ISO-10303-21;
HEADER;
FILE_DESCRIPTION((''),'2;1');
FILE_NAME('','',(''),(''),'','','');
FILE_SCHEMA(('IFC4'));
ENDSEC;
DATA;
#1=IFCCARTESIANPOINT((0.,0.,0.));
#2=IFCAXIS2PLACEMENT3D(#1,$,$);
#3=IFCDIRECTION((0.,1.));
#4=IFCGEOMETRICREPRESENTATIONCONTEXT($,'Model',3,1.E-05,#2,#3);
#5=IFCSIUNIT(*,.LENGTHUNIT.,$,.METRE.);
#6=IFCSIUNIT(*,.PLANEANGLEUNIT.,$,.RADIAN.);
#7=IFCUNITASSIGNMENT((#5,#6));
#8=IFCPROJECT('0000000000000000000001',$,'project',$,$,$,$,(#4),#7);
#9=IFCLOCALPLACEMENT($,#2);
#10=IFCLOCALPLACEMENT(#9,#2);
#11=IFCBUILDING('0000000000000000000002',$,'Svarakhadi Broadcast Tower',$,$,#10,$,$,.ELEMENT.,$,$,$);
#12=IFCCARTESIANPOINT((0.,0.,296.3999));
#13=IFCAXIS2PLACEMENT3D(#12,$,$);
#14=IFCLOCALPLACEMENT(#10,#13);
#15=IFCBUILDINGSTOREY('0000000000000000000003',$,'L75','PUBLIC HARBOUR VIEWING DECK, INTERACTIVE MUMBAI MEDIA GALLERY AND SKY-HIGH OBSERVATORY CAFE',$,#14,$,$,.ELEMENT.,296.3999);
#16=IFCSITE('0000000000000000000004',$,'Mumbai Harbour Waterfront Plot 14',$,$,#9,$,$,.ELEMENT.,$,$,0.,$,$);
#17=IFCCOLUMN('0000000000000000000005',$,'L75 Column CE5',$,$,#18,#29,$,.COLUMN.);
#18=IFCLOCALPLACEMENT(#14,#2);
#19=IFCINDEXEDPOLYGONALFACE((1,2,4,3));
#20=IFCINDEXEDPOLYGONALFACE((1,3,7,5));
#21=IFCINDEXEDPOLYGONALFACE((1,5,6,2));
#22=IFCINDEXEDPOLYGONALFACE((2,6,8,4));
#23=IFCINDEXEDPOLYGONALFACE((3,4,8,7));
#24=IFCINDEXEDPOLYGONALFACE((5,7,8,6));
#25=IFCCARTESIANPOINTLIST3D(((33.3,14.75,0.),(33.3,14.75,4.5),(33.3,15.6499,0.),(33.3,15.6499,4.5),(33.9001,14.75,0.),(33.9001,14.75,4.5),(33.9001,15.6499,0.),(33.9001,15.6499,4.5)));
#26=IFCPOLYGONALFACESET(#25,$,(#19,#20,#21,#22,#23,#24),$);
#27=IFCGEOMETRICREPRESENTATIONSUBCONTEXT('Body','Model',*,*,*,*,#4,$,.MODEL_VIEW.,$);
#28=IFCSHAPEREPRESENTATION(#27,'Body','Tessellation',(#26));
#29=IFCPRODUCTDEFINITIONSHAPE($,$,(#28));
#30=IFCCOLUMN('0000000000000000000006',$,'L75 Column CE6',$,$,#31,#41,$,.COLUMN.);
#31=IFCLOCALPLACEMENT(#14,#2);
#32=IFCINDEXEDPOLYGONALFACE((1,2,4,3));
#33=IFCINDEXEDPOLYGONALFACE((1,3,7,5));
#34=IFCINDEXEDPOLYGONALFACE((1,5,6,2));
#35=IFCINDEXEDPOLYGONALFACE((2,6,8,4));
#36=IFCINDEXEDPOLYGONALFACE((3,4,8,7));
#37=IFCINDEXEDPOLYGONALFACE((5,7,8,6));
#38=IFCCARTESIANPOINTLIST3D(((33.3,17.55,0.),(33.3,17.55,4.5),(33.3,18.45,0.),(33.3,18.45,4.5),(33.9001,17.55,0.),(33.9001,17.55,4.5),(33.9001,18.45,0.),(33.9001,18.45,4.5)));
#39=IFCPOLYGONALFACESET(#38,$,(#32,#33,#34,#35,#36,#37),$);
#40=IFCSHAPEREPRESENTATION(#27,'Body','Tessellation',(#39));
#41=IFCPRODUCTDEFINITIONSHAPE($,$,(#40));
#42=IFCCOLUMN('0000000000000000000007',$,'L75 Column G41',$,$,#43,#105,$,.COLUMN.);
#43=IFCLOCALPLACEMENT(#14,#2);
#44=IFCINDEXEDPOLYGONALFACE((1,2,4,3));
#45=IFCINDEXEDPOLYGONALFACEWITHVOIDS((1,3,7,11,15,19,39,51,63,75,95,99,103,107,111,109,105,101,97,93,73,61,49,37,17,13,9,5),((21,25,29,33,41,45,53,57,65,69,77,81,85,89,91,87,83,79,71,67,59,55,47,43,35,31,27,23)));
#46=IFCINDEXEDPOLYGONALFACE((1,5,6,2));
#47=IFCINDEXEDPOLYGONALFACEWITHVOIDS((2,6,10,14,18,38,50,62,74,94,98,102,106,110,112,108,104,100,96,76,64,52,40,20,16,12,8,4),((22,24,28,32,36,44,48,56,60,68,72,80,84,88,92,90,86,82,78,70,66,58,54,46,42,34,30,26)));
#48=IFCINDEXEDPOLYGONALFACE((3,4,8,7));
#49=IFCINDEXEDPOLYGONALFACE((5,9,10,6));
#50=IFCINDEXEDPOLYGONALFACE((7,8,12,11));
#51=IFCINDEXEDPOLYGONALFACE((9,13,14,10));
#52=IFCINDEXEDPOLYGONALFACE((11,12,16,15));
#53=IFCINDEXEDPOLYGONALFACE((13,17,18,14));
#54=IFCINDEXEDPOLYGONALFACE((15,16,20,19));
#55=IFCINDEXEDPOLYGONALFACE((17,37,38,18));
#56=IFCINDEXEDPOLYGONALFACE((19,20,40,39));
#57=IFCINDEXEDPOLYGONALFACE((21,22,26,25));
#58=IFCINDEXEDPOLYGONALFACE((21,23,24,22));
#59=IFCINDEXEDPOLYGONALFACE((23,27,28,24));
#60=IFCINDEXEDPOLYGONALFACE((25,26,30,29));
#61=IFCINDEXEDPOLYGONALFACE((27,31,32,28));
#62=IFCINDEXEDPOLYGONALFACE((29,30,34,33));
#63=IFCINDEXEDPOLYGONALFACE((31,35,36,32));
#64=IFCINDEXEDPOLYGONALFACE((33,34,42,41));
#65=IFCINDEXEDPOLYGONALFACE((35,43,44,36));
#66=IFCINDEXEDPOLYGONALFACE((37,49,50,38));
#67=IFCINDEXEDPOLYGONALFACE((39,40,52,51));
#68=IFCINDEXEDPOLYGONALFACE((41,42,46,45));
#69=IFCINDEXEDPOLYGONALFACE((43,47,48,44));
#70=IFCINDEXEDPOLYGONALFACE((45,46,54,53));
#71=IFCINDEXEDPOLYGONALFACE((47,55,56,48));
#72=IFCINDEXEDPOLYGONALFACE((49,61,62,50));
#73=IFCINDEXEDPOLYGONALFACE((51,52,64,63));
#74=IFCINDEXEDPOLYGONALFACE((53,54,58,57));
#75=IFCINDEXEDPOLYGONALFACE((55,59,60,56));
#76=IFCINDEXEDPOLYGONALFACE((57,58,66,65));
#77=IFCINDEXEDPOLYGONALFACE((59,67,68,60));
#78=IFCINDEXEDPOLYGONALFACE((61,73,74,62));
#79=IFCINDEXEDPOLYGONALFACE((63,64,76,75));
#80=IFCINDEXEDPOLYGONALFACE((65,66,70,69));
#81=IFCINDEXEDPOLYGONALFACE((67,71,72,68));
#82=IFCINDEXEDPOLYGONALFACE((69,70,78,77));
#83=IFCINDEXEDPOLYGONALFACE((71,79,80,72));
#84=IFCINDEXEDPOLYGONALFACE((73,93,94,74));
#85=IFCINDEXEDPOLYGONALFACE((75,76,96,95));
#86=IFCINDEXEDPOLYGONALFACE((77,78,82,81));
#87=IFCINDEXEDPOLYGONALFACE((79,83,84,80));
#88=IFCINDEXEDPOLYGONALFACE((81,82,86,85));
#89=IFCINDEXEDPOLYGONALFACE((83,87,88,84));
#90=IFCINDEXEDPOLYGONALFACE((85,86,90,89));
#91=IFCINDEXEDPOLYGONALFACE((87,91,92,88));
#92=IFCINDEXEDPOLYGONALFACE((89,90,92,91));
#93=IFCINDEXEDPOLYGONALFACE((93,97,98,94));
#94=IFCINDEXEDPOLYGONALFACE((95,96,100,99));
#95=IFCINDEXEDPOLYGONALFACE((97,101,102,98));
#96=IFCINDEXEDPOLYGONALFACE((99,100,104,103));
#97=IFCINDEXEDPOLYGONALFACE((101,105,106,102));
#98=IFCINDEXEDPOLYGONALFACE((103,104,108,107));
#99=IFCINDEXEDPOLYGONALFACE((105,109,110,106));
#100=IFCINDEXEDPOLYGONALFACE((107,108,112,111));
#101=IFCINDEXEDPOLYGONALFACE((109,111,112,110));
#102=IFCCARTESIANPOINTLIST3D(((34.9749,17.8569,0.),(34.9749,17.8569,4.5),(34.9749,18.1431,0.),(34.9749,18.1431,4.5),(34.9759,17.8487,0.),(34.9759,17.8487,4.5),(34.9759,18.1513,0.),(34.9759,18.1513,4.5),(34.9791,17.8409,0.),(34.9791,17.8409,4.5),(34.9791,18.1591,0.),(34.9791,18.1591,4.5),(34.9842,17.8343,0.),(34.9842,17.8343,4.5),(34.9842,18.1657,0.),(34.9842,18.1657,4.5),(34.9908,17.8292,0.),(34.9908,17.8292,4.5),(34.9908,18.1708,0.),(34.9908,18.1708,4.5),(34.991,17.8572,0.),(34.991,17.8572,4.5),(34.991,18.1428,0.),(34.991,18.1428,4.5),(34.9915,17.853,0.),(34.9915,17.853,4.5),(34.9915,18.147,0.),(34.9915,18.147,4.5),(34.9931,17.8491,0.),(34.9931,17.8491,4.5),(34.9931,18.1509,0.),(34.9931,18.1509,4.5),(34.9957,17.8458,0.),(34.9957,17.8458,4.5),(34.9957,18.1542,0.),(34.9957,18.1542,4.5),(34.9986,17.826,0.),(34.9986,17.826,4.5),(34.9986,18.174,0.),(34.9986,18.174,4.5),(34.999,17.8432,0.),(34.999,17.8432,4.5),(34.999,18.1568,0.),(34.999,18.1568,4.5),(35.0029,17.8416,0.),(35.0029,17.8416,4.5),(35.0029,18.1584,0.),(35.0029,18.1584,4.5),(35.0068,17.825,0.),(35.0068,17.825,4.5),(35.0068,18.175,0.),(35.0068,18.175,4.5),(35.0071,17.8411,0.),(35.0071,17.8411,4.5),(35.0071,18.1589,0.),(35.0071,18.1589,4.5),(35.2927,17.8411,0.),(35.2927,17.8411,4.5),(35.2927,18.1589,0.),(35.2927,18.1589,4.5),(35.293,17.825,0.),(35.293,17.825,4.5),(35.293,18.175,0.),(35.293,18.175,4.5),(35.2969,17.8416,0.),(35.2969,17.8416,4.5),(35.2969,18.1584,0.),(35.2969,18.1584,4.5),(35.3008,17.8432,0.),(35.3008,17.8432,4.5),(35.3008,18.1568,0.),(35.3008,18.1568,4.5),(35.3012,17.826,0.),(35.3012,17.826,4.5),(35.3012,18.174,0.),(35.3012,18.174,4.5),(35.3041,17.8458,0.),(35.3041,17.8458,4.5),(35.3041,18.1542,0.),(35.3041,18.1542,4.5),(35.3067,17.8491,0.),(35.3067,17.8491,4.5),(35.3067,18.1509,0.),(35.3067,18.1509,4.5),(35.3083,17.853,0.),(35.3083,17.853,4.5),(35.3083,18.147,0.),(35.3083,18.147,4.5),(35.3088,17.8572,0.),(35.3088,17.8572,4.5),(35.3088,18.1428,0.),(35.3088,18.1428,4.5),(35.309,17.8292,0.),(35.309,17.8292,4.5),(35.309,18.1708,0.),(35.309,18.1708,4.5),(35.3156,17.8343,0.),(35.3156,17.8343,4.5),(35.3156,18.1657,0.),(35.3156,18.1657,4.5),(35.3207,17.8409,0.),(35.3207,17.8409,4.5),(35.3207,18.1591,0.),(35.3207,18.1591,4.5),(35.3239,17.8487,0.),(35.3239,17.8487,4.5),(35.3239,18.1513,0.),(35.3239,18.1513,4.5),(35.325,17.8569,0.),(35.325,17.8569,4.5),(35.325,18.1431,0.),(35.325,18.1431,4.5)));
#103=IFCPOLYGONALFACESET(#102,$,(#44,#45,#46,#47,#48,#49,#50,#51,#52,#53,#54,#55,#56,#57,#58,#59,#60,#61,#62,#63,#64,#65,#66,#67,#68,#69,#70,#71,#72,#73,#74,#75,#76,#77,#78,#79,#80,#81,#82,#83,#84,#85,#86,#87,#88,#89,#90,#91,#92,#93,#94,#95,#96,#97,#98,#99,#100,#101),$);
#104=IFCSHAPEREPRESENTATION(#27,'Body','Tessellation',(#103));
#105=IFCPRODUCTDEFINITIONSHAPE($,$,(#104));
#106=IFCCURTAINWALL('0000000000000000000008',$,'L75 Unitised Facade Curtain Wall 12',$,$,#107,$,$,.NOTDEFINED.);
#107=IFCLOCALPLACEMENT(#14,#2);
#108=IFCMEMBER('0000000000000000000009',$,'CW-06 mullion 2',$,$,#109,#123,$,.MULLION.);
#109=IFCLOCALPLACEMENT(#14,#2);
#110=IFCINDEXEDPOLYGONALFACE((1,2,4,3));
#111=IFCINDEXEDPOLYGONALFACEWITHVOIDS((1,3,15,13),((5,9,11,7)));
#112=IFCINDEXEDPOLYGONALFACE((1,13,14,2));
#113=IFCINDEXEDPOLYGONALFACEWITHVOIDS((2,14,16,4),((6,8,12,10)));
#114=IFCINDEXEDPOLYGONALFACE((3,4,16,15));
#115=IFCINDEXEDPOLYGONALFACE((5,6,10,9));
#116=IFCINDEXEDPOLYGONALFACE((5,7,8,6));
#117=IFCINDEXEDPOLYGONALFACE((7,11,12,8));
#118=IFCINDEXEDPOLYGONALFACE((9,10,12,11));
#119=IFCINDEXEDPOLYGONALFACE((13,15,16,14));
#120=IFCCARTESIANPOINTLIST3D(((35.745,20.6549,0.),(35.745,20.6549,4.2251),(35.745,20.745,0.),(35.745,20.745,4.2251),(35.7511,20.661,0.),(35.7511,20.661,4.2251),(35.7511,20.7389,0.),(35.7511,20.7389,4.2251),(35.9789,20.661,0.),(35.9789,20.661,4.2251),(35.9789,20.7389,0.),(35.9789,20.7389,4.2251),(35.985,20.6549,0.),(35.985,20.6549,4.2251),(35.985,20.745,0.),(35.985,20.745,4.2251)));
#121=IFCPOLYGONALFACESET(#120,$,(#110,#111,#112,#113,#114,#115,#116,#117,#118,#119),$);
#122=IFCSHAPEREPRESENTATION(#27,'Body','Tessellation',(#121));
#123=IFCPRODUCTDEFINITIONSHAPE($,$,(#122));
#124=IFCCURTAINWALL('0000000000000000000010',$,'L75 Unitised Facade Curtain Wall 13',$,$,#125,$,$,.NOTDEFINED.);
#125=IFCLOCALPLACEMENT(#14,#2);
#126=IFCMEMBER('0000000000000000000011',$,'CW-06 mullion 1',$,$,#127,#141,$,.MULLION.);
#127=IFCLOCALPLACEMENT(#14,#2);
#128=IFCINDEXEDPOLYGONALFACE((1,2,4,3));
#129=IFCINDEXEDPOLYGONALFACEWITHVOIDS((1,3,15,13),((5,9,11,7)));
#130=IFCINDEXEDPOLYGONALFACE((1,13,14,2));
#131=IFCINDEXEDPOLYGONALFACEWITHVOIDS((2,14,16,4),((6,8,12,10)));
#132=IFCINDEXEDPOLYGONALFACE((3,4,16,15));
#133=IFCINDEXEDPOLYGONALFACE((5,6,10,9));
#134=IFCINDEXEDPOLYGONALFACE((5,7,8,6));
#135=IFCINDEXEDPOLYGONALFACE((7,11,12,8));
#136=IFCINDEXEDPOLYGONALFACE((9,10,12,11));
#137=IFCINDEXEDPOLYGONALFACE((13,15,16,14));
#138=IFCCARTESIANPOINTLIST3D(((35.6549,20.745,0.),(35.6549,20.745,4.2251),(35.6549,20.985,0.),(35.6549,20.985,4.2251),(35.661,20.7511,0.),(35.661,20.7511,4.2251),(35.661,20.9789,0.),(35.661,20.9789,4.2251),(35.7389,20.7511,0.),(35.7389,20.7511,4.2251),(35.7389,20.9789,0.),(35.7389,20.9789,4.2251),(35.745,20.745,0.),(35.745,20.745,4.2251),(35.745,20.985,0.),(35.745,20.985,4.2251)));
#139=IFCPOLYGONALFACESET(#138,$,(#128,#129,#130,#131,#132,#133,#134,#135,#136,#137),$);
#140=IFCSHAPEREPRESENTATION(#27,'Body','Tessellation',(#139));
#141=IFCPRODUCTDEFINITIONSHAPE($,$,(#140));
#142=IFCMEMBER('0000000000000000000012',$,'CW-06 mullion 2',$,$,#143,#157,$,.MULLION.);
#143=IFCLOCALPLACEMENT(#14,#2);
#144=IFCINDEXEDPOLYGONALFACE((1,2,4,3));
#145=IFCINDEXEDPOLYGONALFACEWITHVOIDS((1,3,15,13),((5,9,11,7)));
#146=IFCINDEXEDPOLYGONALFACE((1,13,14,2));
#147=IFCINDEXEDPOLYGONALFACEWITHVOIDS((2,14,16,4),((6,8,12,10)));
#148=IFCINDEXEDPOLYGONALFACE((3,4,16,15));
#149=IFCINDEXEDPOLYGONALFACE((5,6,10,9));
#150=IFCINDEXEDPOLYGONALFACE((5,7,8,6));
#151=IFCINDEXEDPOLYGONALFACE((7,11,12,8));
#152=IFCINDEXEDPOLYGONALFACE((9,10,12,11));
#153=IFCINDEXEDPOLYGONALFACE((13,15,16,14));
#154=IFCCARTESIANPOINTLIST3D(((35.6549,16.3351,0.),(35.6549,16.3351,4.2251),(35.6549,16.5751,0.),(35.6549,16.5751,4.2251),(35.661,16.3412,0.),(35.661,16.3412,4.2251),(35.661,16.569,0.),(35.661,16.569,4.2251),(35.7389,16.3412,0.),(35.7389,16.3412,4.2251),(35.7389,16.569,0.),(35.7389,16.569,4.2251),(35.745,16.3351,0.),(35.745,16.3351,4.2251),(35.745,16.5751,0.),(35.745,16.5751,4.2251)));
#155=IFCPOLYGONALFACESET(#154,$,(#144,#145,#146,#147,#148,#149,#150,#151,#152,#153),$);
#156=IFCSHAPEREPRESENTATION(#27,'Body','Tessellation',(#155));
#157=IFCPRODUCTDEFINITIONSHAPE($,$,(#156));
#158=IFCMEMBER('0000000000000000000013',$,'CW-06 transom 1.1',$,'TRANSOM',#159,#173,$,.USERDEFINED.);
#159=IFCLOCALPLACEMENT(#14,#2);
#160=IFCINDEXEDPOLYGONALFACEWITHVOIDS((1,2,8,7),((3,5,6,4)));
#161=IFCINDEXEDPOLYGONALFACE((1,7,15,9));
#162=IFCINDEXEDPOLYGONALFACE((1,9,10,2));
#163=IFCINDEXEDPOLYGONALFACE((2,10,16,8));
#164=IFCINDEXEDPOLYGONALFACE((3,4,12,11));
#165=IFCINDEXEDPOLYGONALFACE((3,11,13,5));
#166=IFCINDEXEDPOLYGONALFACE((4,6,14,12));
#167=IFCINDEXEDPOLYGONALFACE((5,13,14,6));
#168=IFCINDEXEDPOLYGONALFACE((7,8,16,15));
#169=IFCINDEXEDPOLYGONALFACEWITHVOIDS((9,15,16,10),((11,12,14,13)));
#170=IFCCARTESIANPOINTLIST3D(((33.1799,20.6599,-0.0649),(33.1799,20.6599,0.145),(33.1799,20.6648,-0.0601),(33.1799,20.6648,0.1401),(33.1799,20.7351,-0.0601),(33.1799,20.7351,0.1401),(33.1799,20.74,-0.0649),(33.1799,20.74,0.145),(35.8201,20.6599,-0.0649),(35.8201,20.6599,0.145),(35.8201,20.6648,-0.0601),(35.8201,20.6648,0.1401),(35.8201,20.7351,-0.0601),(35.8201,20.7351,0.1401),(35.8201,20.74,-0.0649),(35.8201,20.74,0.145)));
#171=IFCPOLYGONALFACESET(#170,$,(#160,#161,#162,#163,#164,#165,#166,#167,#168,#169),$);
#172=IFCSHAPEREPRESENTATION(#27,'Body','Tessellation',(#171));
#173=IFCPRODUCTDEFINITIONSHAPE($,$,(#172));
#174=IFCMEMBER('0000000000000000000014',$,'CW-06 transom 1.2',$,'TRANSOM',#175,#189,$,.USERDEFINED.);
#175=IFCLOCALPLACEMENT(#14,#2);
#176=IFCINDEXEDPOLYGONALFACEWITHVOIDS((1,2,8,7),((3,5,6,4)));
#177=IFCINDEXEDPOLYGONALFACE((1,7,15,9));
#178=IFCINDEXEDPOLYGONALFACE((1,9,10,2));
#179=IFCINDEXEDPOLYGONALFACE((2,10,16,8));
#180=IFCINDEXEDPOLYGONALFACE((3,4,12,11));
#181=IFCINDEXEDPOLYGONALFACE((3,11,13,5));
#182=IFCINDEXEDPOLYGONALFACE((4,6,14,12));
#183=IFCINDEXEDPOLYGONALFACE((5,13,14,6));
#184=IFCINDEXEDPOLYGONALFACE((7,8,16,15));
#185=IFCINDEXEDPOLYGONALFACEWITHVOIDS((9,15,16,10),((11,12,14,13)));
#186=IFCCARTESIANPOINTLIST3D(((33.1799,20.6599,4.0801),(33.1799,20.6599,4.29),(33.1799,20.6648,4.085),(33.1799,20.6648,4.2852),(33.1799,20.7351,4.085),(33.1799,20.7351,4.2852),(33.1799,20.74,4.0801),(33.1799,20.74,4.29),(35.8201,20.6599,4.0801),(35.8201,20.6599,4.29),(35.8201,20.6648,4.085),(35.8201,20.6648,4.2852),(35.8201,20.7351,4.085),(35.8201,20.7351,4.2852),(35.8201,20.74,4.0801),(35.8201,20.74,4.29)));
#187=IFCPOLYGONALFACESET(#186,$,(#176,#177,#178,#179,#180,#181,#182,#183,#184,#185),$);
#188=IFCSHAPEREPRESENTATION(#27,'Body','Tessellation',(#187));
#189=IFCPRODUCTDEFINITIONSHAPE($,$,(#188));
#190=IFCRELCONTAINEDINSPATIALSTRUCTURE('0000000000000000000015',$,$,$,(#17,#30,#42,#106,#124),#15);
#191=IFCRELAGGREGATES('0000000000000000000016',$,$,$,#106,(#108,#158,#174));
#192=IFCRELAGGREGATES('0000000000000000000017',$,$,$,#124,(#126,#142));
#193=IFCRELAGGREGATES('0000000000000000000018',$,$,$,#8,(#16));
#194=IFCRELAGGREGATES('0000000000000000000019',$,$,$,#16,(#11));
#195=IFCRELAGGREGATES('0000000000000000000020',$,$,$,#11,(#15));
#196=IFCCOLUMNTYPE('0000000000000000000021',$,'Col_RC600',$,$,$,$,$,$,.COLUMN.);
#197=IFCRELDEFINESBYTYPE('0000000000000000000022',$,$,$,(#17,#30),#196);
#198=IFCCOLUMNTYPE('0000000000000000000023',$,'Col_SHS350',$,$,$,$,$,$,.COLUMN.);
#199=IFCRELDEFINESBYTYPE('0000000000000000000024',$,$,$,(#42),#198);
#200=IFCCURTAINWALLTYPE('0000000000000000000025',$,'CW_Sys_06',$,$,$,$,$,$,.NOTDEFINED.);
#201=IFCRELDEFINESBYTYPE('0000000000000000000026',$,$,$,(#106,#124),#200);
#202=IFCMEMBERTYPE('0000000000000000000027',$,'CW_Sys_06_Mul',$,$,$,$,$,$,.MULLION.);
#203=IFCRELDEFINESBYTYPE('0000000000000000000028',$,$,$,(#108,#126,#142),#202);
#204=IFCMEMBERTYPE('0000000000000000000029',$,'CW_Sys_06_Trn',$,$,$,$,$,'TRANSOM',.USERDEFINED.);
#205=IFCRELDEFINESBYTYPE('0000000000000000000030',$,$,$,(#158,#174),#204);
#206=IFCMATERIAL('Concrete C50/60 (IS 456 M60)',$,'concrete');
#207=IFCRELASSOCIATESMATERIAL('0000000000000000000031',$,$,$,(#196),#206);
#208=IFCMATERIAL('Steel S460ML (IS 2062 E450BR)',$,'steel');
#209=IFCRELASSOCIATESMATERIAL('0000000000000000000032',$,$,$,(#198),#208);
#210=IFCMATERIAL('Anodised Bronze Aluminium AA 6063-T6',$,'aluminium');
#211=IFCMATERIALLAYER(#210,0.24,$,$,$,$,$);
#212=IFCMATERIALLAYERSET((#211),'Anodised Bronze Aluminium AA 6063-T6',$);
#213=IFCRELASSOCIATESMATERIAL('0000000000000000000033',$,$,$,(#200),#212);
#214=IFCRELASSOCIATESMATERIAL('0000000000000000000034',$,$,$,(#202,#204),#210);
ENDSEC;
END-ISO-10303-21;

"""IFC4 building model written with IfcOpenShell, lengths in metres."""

from ifc_helpers import new_model, si_unit, direction, frame, origin, origin_2d, place, context, subcontext, project, spatial, rectangle, hollow_rectangle, extrude, material, layer, layer_set, material_profile, profile_set, type_object, element, aggregate, save


model = new_model("IFC4")

# Units and contexts
model_context = context("Model", 3, precision=1e-05, world=origin(), true_north=direction((0.0, 1.0)))
body_context = subcontext(model_context, "Body", "Model", "MODEL_VIEW")
ifc_project = project(units=[si_unit("LENGTHUNIT", "METRE"), si_unit("PLANEANGLEUNIT", "RADIAN")], contexts=[model_context])

# Site, building, storey
site_placement = place(None, origin())
site = spatial("IfcSite", under=ifc_project, at=site_placement, Name="Mumbai Harbour Waterfront Plot 14", CompositionType="ELEMENT", RefElevation=0.0)
building_placement = place(site_placement, origin())
building = spatial("IfcBuilding", under=site, at=building_placement, Name="Svarakhadi Broadcast Tower", CompositionType="ELEMENT")
storey_placement = place(building_placement, frame((0.0, 0.0, 296.3999)))
storey = spatial("IfcBuildingStorey", under=building, at=storey_placement, Name="L75", Description="PUBLIC HARBOUR VIEWING DECK, INTERACTIVE MUMBAI MEDIA GALLERY AND SKY-HIGH OBSERVATORY CAFE", CompositionType="ELEMENT", Elevation=296.3999)

# Columns
ifc_material_1 = material(Name="Concrete C50/60 (IS 456 M60)", Category="concrete")
ifc_material_profile_1 = material_profile(ifc_material_1, rectangle(XDim=0.6001, YDim=0.8999, at=origin_2d()), Name="RC 600x900")
ifc_profile_set_1 = profile_set([ifc_material_profile_1], Name="Concrete C50/60 (IS 456 M60)")
column_type_1 = type_object("IfcColumnType", Name="Col_RC600", PredefinedType="COLUMN", material=ifc_profile_set_1)
for number, where, z_axis, x_axis, name in (
    (1, (33.6001, 15.2, 0.0), (0.0, 0.0, 1.0), (1.0, 0.0, 0.0), "L75 Column CE5"),
    (2, (33.6001, 18.0, 0.0), (0.0, 0.0, 1.0), (1.0, 0.0, 0.0), "L75 Column CE6"),
):
    element("IfcColumn", number, at=place(storey_placement, frame(where, z_axis=z_axis, x_axis=x_axis)), inside=storey, type_object=column_type_1, Name=name, PredefinedType="COLUMN", context=body_context, shape_type="SweptSolid", body=[
        extrude(rectangle(XDim=0.6001, YDim=0.8999, at=origin_2d()), origin(), (0.0, 0.0, 1.0), 4.5),
    ])
ifc_material_2 = material(Name="Steel S460ML (IS 2062 E450BR)", Category="steel")
ifc_material_profile_2 = material_profile(ifc_material_2, hollow_rectangle(XDim=0.3501, YDim=0.3501, WallThickness=0.0161, InnerFilletRadius=0.0161, OuterFilletRadius=0.032, at=origin_2d()), Name="SHS 350x350x16")
ifc_profile_set_2 = profile_set([ifc_material_profile_2], Name="Steel S460ML (IS 2062 E450BR)")
column_type_2 = type_object("IfcColumnType", Name="Col_SHS350", PredefinedType="COLUMN", material=ifc_profile_set_2)
column_placement = place(storey_placement, frame((35.1499, 18.0, 0.0), z_axis=(0.0, 0.0, 1.0), x_axis=(1.0, 0.0, 0.0)))
element("IfcColumn", 3, at=column_placement, inside=storey, type_object=column_type_2, Name="L75 Column G41", PredefinedType="COLUMN", context=body_context, shape_type="SweptSolid", body=[
    extrude(hollow_rectangle(XDim=0.3501, YDim=0.3501, WallThickness=0.0161, InnerFilletRadius=0.0161, OuterFilletRadius=0.032, at=origin_2d()), origin(), (0.0, 0.0, 1.0), 4.5),
])

# Curtain wall, member
ifc_material_3 = material(Name="Anodised Bronze Aluminium AA 6063-T6", Category="aluminium")
ifc_layer_1 = layer(ifc_material_3, 0.24)
ifc_layer_set_1 = layer_set([ifc_layer_1], Name="Anodised Bronze Aluminium AA 6063-T6")
curtain_wall_type = type_object("IfcCurtainWallType", Name="CW_Sys_06", PredefinedType="NOTDEFINED", material=ifc_layer_set_1)
curtain_wall_1_placement = place(storey_placement, origin())
curtain_wall_1 = element("IfcCurtainWall", 4, at=curtain_wall_1_placement, inside=storey, type_object=curtain_wall_type, Name="L75 Unitised Facade Curtain Wall 12", PredefinedType="NOTDEFINED")
ifc_material_profile_3 = material_profile(ifc_material_3, hollow_rectangle(XDim=0.0901, YDim=0.24, WallThickness=0.0061, at=origin_2d()), Name="ALU MULLION 240x90x6")
ifc_profile_set_3 = profile_set([ifc_material_profile_3], Name="Anodised Bronze Aluminium AA 6063-T6")
member_type_1 = type_object("IfcMemberType", Name="CW_Sys_06_Mul", PredefinedType="MULLION", material=ifc_profile_set_3)
member_1_placement = place(storey_placement, frame((35.865, 20.7, 0.0), z_axis=(0.0, 0.0, 1.0), x_axis=(0.0, 1.0, 0.0)))
member_1 = element("IfcMember", 5, at=member_1_placement, type_object=member_type_1, Name="CW-06 mullion 2", PredefinedType="MULLION", context=body_context, shape_type="SweptSolid", body=[
    extrude(hollow_rectangle(XDim=0.0901, YDim=0.24, WallThickness=0.0061, at=origin_2d()), origin(), (0.0, 0.0, 1.0), 4.2251),
])

# Curtain wall, members
curtain_wall_2_placement = place(storey_placement, origin())
curtain_wall_2 = element("IfcCurtainWall", 6, at=curtain_wall_2_placement, inside=storey, type_object=curtain_wall_type, Name="L75 Unitised Facade Curtain Wall 13", PredefinedType="NOTDEFINED")
member_2_placement = place(storey_placement, frame((35.7, 20.865, 0.0), z_axis=(0.0, 0.0, 1.0), x_axis=(1.0, 0.0, 0.0)))
member_2 = element("IfcMember", 7, at=member_2_placement, type_object=member_type_1, Name="CW-06 mullion 1", PredefinedType="MULLION", context=body_context, shape_type="SweptSolid", body=[
    extrude(hollow_rectangle(XDim=0.0901, YDim=0.24, WallThickness=0.0061, at=origin_2d()), origin(), (0.0, 0.0, 1.0), 4.2251),
])
member_3_placement = place(storey_placement, frame((35.7, 16.4551, 0.0), z_axis=(0.0, 0.0, 1.0), x_axis=(1.0, 0.0, 0.0)))
member_3 = element("IfcMember", 8, at=member_3_placement, type_object=member_type_1, Name="CW-06 mullion 2", PredefinedType="MULLION", context=body_context, shape_type="SweptSolid", body=[
    extrude(hollow_rectangle(XDim=0.0901, YDim=0.24, WallThickness=0.0061, at=origin_2d()), origin(), (0.0, 0.0, 1.0), 4.2251),
])

# Members
ifc_material_profile_4 = material_profile(ifc_material_3, hollow_rectangle(XDim=0.0801, YDim=0.21, WallThickness=0.0049, at=origin_2d()), Name="ALU TRANSOM 210x80x5")
ifc_profile_set_4 = profile_set([ifc_material_profile_4], Name="Anodised Bronze Aluminium AA 6063-T6")
member_type_2 = type_object("IfcMemberType", Name="CW_Sys_06_Trn", ElementType="TRANSOM", PredefinedType="USERDEFINED", material=ifc_profile_set_4)
member_4_placement = place(storey_placement, frame((33.1799, 20.7, 0.04), z_axis=(1.0, 0.0, 0.0), x_axis=(0.0, 1.0, 0.0)))
member_4 = element("IfcMember", 9, at=member_4_placement, type_object=member_type_2, Name="CW-06 transom 1.1", ObjectType="TRANSOM", PredefinedType="USERDEFINED", context=body_context, shape_type="SweptSolid", body=[
    extrude(hollow_rectangle(XDim=0.0801, YDim=0.21, WallThickness=0.0049, at=origin_2d()), origin(), (0.0, 0.0, 1.0), 2.6401),
])
member_5_placement = place(storey_placement, frame((33.1799, 20.7, 4.1851), z_axis=(1.0, 0.0, 0.0), x_axis=(0.0, 1.0, 0.0)))
member_5 = element("IfcMember", 10, at=member_5_placement, type_object=member_type_2, Name="CW-06 transom 1.2", ObjectType="TRANSOM", PredefinedType="USERDEFINED", context=body_context, shape_type="SweptSolid", body=[
    extrude(hollow_rectangle(XDim=0.0801, YDim=0.21, WallThickness=0.0049, at=origin_2d()), origin(), (0.0, 0.0, 1.0), 2.6401),
])

aggregate(curtain_wall_1, [member_1, member_4, member_5])
aggregate(curtain_wall_2, [member_2, member_3])

save(model, "model.ifc")
